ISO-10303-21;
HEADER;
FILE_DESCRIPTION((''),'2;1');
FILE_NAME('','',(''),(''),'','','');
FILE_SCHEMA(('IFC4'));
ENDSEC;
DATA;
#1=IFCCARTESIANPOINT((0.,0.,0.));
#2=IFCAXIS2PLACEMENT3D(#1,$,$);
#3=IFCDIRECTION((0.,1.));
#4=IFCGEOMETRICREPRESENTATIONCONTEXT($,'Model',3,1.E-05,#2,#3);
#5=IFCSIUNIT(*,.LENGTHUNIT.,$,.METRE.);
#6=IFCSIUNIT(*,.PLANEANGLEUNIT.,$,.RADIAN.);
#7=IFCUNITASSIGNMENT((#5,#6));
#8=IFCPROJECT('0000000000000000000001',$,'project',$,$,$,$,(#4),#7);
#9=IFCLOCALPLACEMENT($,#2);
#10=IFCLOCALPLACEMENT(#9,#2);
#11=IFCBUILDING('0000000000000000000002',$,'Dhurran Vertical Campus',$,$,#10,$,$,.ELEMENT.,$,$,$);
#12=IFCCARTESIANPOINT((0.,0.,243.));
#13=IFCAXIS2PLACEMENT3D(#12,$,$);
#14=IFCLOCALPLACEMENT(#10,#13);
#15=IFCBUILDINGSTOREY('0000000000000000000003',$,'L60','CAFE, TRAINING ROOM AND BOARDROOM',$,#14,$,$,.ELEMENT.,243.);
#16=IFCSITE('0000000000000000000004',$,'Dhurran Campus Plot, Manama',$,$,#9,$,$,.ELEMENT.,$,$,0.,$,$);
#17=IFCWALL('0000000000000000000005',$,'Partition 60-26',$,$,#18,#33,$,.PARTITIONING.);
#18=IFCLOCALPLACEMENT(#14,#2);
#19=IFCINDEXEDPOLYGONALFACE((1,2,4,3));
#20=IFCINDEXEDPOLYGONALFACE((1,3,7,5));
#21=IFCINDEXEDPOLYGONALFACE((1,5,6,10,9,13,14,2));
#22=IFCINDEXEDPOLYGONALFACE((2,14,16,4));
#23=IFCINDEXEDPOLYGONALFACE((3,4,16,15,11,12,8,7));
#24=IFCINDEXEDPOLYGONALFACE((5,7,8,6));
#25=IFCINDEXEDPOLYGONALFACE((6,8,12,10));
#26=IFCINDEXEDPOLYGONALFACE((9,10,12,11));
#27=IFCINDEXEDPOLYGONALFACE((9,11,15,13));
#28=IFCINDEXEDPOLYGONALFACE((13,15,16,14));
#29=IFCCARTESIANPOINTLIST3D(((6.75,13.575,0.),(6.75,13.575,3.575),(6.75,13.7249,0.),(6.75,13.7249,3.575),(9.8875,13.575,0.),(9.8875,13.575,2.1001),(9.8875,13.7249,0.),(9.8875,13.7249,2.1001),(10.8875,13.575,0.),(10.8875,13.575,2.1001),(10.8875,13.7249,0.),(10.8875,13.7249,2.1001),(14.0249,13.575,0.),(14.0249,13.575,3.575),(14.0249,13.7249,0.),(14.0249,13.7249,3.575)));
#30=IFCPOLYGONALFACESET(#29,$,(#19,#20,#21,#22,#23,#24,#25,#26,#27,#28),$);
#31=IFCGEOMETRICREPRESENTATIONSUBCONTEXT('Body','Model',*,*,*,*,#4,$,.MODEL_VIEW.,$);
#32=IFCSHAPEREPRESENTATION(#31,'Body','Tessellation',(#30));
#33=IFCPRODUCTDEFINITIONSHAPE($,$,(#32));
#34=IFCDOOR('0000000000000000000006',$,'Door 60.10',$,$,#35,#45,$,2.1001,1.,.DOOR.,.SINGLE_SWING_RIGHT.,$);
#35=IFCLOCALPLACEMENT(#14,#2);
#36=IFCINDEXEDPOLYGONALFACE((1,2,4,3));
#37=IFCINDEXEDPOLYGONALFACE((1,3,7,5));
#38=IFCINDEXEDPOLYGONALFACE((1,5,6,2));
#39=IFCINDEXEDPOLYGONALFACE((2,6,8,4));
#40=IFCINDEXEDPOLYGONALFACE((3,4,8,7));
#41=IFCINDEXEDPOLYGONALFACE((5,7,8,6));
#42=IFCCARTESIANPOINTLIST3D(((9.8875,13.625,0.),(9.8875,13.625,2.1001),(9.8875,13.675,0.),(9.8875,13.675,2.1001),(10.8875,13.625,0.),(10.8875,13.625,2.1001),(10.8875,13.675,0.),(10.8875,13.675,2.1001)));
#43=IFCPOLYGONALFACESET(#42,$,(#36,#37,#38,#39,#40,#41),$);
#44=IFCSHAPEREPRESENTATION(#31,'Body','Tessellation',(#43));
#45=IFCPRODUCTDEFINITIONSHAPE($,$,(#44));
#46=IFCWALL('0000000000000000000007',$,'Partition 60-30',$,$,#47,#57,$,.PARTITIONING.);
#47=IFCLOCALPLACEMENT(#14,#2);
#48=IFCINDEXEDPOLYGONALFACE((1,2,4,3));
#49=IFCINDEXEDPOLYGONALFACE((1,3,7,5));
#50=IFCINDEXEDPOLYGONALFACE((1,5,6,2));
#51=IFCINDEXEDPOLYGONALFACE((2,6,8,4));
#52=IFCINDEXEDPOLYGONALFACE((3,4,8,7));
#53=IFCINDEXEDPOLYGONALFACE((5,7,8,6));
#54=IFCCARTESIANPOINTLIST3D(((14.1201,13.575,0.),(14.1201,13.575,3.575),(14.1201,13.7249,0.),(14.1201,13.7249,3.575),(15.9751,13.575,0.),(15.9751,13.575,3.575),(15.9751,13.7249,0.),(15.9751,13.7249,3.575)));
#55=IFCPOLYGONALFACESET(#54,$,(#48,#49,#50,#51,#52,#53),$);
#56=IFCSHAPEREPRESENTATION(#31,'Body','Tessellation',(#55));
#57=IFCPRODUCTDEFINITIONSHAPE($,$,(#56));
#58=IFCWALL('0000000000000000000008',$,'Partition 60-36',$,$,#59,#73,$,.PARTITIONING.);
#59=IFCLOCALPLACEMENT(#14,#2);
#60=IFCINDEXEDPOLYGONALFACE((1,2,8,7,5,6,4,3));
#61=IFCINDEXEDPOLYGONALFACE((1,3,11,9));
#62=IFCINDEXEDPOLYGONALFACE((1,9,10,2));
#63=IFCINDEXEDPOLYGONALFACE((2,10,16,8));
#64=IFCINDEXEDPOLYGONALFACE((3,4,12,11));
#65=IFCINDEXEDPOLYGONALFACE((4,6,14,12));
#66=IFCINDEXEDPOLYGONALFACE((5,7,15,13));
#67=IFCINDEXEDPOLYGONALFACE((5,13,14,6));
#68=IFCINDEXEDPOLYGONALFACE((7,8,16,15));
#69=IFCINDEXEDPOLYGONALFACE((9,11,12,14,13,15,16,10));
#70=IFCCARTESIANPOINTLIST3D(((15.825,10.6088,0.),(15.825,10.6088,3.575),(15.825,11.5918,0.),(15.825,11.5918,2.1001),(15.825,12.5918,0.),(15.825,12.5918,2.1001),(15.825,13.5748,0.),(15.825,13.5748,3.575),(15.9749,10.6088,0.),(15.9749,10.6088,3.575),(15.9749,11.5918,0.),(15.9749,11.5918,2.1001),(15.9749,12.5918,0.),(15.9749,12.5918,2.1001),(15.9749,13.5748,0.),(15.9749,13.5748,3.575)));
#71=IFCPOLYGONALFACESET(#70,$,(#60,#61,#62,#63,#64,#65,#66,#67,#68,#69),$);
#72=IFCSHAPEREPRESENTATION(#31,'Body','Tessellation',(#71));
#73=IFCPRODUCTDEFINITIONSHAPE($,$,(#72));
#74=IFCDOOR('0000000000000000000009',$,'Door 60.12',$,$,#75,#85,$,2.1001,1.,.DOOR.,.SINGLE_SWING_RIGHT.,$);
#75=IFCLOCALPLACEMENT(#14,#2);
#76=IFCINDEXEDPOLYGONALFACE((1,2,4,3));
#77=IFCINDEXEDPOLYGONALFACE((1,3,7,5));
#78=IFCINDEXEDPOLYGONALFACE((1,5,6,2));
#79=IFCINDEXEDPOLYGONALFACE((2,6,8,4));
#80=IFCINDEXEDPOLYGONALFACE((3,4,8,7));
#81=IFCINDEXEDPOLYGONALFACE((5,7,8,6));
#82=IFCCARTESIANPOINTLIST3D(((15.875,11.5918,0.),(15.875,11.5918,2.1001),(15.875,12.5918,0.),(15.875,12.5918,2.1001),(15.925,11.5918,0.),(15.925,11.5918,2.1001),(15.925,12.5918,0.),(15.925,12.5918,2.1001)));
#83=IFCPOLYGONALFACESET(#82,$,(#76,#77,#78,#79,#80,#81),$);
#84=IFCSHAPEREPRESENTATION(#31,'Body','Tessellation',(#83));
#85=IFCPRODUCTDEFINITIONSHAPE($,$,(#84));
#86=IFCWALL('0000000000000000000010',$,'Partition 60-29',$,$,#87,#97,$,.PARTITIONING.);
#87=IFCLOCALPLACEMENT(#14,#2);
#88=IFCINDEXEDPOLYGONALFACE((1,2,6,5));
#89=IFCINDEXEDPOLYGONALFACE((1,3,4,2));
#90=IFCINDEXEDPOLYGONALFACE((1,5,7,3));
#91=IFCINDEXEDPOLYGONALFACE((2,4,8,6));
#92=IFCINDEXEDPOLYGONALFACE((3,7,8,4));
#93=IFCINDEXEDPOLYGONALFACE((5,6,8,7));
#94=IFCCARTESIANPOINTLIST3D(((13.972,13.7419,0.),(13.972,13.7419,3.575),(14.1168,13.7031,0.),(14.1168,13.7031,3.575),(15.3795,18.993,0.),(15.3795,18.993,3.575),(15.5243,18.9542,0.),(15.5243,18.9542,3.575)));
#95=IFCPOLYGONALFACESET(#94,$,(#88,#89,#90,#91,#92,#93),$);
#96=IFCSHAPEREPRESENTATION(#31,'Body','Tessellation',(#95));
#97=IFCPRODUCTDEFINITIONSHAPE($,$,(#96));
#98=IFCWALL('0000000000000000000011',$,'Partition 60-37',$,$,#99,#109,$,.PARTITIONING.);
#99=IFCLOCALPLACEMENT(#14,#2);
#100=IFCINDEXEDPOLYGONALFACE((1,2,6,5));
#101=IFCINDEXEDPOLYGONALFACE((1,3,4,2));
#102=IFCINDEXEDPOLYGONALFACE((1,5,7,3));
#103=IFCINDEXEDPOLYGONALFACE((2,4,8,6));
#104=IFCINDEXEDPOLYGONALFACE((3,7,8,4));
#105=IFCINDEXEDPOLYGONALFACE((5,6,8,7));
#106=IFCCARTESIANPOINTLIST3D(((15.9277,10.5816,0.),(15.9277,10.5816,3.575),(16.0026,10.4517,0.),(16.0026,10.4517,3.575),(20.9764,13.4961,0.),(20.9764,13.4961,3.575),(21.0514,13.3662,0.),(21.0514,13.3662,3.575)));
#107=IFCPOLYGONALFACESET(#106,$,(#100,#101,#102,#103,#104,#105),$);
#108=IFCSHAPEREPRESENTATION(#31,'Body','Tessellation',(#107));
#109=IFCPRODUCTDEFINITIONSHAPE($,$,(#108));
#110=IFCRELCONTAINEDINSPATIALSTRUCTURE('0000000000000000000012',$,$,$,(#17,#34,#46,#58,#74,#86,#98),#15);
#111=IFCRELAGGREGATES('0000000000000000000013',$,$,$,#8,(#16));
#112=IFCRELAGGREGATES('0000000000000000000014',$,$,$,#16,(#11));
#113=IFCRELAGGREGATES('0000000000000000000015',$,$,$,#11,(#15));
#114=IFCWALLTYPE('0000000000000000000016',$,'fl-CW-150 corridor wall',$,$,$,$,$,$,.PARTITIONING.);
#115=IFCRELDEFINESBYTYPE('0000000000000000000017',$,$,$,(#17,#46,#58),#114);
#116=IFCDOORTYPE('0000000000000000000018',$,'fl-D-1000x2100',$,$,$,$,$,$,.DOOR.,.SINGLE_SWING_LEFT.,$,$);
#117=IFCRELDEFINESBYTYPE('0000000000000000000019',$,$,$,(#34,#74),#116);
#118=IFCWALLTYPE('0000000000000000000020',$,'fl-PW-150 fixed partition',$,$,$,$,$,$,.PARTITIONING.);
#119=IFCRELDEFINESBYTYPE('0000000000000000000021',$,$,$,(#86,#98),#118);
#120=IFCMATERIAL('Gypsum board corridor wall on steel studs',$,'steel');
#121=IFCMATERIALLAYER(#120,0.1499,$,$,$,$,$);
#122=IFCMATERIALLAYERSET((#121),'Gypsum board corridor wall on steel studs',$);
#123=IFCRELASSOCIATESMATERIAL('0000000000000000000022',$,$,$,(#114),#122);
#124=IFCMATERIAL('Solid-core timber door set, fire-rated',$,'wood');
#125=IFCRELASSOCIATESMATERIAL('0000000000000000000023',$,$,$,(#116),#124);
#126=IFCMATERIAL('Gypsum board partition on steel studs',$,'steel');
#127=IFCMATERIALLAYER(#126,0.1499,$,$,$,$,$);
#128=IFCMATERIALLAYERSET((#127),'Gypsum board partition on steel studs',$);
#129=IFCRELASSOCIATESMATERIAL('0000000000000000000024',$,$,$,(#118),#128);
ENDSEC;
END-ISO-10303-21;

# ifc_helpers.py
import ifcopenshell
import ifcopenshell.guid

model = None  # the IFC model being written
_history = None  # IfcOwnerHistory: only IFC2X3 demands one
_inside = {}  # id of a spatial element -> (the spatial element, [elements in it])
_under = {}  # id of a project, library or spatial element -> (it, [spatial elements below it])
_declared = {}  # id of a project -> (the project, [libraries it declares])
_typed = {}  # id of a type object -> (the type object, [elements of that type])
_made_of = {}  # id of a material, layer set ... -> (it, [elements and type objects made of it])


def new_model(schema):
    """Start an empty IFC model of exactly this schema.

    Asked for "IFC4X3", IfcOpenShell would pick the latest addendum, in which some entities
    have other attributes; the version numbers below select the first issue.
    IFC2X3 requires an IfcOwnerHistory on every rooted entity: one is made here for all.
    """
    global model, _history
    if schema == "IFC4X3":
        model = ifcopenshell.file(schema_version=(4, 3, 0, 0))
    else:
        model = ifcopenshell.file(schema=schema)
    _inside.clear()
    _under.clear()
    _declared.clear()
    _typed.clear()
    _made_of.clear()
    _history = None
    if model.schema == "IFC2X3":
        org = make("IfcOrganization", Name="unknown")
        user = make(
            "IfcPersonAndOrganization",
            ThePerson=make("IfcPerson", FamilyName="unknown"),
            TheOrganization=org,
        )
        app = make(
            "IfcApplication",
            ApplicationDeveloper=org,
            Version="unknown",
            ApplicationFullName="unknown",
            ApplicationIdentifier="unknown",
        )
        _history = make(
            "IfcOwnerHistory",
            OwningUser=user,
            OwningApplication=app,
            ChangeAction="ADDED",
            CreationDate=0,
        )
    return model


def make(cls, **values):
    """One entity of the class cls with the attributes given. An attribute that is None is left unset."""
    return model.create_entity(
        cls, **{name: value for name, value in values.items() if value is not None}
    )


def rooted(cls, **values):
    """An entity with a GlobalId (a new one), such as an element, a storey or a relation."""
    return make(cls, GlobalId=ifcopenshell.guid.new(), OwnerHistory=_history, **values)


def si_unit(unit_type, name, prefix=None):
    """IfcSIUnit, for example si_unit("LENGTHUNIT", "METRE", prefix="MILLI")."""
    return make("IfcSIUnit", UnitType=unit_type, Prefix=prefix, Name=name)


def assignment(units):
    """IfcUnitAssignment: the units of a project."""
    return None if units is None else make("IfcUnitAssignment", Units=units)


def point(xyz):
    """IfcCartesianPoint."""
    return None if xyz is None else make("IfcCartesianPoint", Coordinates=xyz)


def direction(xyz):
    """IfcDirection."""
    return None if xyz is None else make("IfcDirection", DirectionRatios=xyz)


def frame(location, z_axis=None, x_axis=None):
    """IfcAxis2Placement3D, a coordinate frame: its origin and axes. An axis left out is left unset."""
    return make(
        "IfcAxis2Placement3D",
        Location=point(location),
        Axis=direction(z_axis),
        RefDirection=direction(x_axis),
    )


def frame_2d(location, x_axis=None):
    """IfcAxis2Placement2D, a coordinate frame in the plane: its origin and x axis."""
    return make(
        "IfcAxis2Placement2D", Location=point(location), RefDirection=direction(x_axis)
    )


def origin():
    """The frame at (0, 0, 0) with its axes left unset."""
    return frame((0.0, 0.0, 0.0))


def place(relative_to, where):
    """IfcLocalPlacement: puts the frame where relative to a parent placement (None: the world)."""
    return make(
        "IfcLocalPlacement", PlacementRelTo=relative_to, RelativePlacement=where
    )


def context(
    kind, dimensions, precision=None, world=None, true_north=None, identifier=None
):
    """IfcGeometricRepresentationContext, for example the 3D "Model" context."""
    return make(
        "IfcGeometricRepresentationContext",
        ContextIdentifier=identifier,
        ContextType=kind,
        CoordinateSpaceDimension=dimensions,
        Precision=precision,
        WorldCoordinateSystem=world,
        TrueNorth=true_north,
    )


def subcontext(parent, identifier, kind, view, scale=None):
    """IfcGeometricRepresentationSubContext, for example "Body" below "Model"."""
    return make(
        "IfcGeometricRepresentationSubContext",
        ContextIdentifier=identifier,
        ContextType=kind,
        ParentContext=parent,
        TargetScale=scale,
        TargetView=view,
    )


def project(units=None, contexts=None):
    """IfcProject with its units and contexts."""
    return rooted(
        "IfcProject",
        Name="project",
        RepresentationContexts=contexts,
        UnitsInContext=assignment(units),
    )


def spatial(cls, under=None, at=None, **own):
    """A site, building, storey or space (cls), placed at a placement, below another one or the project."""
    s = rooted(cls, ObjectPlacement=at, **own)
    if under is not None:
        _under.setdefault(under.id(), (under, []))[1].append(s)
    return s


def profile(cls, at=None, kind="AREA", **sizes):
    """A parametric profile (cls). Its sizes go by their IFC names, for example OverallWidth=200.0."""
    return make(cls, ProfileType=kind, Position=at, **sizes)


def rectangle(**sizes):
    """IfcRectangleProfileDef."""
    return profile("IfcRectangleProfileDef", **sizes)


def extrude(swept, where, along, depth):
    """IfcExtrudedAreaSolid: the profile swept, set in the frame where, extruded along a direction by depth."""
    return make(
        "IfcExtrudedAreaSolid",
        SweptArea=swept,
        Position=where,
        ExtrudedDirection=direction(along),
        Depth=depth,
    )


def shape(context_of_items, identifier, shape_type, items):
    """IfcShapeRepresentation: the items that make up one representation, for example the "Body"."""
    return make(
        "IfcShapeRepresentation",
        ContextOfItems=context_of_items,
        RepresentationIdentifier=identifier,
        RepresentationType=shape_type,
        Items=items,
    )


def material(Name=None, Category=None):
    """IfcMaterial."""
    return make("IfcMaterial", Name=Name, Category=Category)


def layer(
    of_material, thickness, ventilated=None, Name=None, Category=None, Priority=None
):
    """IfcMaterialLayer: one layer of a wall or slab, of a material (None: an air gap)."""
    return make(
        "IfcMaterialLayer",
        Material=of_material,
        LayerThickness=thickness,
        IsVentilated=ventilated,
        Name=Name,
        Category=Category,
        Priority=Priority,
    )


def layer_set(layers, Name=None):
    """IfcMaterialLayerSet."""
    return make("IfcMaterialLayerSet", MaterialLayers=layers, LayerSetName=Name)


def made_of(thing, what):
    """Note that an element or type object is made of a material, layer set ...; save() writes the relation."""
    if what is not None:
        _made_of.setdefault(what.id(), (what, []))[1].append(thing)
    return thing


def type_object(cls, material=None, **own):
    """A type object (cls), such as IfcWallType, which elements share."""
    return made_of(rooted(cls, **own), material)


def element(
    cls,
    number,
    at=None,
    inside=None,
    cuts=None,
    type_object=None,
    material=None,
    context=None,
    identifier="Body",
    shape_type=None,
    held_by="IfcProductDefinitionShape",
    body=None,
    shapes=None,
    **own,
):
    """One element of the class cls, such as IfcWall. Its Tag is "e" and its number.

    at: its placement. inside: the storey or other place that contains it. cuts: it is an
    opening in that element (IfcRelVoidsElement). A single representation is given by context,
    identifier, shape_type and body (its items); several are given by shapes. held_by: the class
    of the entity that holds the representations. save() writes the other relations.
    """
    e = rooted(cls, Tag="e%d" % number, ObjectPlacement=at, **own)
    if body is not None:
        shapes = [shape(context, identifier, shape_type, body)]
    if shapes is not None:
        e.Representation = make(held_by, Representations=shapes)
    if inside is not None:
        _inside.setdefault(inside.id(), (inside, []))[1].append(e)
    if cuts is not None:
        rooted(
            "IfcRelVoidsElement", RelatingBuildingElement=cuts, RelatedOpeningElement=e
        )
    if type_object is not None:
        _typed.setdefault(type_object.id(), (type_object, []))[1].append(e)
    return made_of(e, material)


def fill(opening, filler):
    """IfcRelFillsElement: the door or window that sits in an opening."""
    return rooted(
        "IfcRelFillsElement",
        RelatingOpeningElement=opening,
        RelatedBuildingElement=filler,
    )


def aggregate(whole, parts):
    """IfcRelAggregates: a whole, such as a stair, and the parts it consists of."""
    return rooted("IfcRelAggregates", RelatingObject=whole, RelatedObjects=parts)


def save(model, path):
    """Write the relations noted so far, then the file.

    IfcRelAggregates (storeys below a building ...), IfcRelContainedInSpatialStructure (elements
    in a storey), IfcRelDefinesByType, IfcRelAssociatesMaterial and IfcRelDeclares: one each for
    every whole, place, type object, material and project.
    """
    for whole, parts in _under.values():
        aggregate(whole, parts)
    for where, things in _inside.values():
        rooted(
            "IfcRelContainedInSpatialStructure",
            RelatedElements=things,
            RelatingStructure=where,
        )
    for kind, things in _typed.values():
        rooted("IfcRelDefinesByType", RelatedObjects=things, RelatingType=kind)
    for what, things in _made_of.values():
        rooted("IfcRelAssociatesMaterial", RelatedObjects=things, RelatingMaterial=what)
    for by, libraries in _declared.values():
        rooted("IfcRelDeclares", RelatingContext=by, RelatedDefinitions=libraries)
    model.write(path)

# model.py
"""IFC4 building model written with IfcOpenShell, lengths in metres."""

from ifc_helpers import new_model, si_unit, direction, frame, frame_2d, origin, place, context, subcontext, project, spatial, rectangle, extrude, material, layer, layer_set, type_object, element, fill, save


model = new_model("IFC4")

# Units and contexts
model_context = context("Model", 3, precision=1e-05, world=origin(), true_north=direction((0.0, 1.0)))
body_context = subcontext(model_context, "Body", "Model", "MODEL_VIEW")
ifc_project = project(units=[si_unit("LENGTHUNIT", "METRE"), si_unit("PLANEANGLEUNIT", "RADIAN")], contexts=[model_context])

# Site, building, storey
site_placement = place(None, origin())
site = spatial("IfcSite", under=ifc_project, at=site_placement, Name="Dhurran Campus Plot, Manama", CompositionType="ELEMENT", RefElevation=0.0)
building_placement = place(site_placement, origin())
building = spatial("IfcBuilding", under=site, at=building_placement, Name="Dhurran Vertical Campus", CompositionType="ELEMENT")
storey_placement = place(building_placement, frame((0.0, 0.0, 243.0)))
storey = spatial("IfcBuildingStorey", under=building, at=storey_placement, Name="L60", Description="CAFE, TRAINING ROOM AND BOARDROOM", CompositionType="ELEMENT", Elevation=243.0)

# Wall, opening, door
ifc_material_1 = material(Name="Gypsum board corridor wall on steel studs", Category="steel")
ifc_layer_1 = layer(ifc_material_1, 0.1499)
ifc_layer_set_1 = layer_set([ifc_layer_1], Name="Gypsum board corridor wall on steel studs")
wall_type_1 = type_object("IfcWallType", Name="fl-CW-150 corridor wall", PredefinedType="PARTITIONING", material=ifc_layer_set_1)
wall_1_placement = place(storey_placement, frame((14.0249, 13.6499, 0.0), z_axis=(0.0, 0.0, 1.0), x_axis=(-1.0, 0.0, 0.0)))
wall_1 = element("IfcWall", 1, at=wall_1_placement, inside=storey, type_object=wall_type_1, Name="Partition 60-26", PredefinedType="PARTITIONING", context=body_context, shape_type="SweptSolid", body=[
    extrude(rectangle(XDim=7.2749, YDim=0.1499, at=frame_2d((3.6375, 0.0))), origin(), (0.0, 0.0, 1.0), 3.575),
])
opening_1_placement = place(wall_1_placement, frame((3.1375, 0.0, 0.0)))
opening_1 = element("IfcOpeningElement", 2, at=opening_1_placement, cuts=wall_1, PredefinedType="OPENING", context=body_context, shape_type="SweptSolid", body=[
    extrude(rectangle(XDim=1.0, YDim=2.1001, at=frame_2d((0.5, 1.05))), frame((0.0, 0.085, 0.0), z_axis=(0.0, -1.0, 0.0), x_axis=(1.0, 0.0, 0.0)), (0.0, 0.0, 1.0), 0.1699),
])
ifc_material_2 = material(Name="Solid-core timber door set, fire-rated", Category="wood")
door_type = type_object("IfcDoorType", Name="fl-D-1000x2100", OperationType="SINGLE_SWING_LEFT", PredefinedType="DOOR", material=ifc_material_2)
door_1_placement = place(opening_1_placement, origin())
door_1 = element("IfcDoor", 3, at=door_1_placement, inside=storey, type_object=door_type, Name="Door 60.10", OperationType="SINGLE_SWING_RIGHT", OverallHeight=2.1001, OverallWidth=1.0, PredefinedType="DOOR", context=body_context, shape_type="SweptSolid", body=[
    extrude(rectangle(XDim=1.0, YDim=2.1001, at=frame_2d((0.5, 1.05))), frame((0.0, 0.0249, 0.0), z_axis=(0.0, -1.0, 0.0), x_axis=(1.0, 0.0, 0.0)), (0.0, 0.0, 1.0), 0.05),
])
fill(opening_1, door_1)

# Wall
wall_2_placement = place(storey_placement, frame((15.9751, 13.6499, 0.0), z_axis=(0.0, 0.0, 1.0), x_axis=(-1.0, 0.0, 0.0)))
element("IfcWall", 4, at=wall_2_placement, inside=storey, type_object=wall_type_1, Name="Partition 60-30", PredefinedType="PARTITIONING", context=body_context, shape_type="SweptSolid", body=[
    extrude(rectangle(XDim=1.855, YDim=0.1499, at=frame_2d((0.9275, 0.0))), origin(), (0.0, 0.0, 1.0), 3.575),
])

# Wall, opening, door
wall_3_placement = place(storey_placement, frame((15.8999, 10.6089, 0.0), z_axis=(0.0, 0.0, 1.0), x_axis=(0.0, 1.0, 0.0)))
wall_3 = element("IfcWall", 5, at=wall_3_placement, inside=storey, type_object=wall_type_1, Name="Partition 60-36", PredefinedType="PARTITIONING", context=body_context, shape_type="SweptSolid", body=[
    extrude(rectangle(XDim=2.9661, YDim=0.1499, at=frame_2d((1.4829, 0.0))), origin(), (0.0, 0.0, 1.0), 3.575),
])
opening_2_placement = place(wall_3_placement, frame((0.9829, 0.0, 0.0)))
opening_2 = element("IfcOpeningElement", 6, at=opening_2_placement, cuts=wall_3, PredefinedType="OPENING", context=body_context, shape_type="SweptSolid", body=[
    extrude(rectangle(XDim=1.0, YDim=2.1001, at=frame_2d((0.5, 1.05))), frame((0.0, 0.085, 0.0), z_axis=(0.0, -1.0, 0.0), x_axis=(1.0, 0.0, 0.0)), (0.0, 0.0, 1.0), 0.1699),
])
door_2_placement = place(opening_2_placement, origin())
door_2 = element("IfcDoor", 7, at=door_2_placement, inside=storey, type_object=door_type, Name="Door 60.12", OperationType="SINGLE_SWING_RIGHT", OverallHeight=2.1001, OverallWidth=1.0, PredefinedType="DOOR", context=body_context, shape_type="SweptSolid", body=[
    extrude(rectangle(XDim=1.0, YDim=2.1001, at=frame_2d((0.5, 1.05))), frame((0.0, 0.0249, 0.0), z_axis=(0.0, -1.0, 0.0), x_axis=(1.0, 0.0, 0.0)), (0.0, 0.0, 1.0), 0.05),
])
fill(opening_2, door_2)

# Walls
ifc_material_3 = material(Name="Gypsum board partition on steel studs", Category="steel")
ifc_layer_2 = layer(ifc_material_3, 0.1499)
ifc_layer_set_2 = layer_set([ifc_layer_2], Name="Gypsum board partition on steel studs")
wall_type_2 = type_object("IfcWallType", Name="fl-PW-150 fixed partition", PredefinedType="PARTITIONING", material=ifc_layer_set_2)
wall_4_placement = place(storey_placement, frame((15.4519, 18.9736, 0.0), z_axis=(0.0, 0.0, 1.0), x_axis=(-0.258889, -0.965907, 0.0)))
element("IfcWall", 8, at=wall_4_placement, inside=storey, type_object=wall_type_2, Name="Partition 60-29", PredefinedType="PARTITIONING", context=body_context, shape_type="SweptSolid", body=[
    extrude(rectangle(XDim=5.4365, YDim=0.1499, at=frame_2d((2.7183, 0.0))), origin(), (0.0, 0.0, 1.0), 3.575),
])
wall_5_placement = place(storey_placement, frame((21.0139, 13.4312, 0.0), z_axis=(0.0, 0.0, 1.0), x_axis=(-0.866054, -0.49995, 0.0)))
element("IfcWall", 9, at=wall_5_placement, inside=storey, type_object=wall_type_2, Name="Partition 60-37", PredefinedType="PARTITIONING", context=body_context, shape_type="SweptSolid", body=[
    extrude(rectangle(XDim=5.8296, YDim=0.1499, at=frame_2d((2.9148, 0.0))), origin(), (0.0, 0.0, 1.0), 3.575),
])

save(model, "model.ifc")
